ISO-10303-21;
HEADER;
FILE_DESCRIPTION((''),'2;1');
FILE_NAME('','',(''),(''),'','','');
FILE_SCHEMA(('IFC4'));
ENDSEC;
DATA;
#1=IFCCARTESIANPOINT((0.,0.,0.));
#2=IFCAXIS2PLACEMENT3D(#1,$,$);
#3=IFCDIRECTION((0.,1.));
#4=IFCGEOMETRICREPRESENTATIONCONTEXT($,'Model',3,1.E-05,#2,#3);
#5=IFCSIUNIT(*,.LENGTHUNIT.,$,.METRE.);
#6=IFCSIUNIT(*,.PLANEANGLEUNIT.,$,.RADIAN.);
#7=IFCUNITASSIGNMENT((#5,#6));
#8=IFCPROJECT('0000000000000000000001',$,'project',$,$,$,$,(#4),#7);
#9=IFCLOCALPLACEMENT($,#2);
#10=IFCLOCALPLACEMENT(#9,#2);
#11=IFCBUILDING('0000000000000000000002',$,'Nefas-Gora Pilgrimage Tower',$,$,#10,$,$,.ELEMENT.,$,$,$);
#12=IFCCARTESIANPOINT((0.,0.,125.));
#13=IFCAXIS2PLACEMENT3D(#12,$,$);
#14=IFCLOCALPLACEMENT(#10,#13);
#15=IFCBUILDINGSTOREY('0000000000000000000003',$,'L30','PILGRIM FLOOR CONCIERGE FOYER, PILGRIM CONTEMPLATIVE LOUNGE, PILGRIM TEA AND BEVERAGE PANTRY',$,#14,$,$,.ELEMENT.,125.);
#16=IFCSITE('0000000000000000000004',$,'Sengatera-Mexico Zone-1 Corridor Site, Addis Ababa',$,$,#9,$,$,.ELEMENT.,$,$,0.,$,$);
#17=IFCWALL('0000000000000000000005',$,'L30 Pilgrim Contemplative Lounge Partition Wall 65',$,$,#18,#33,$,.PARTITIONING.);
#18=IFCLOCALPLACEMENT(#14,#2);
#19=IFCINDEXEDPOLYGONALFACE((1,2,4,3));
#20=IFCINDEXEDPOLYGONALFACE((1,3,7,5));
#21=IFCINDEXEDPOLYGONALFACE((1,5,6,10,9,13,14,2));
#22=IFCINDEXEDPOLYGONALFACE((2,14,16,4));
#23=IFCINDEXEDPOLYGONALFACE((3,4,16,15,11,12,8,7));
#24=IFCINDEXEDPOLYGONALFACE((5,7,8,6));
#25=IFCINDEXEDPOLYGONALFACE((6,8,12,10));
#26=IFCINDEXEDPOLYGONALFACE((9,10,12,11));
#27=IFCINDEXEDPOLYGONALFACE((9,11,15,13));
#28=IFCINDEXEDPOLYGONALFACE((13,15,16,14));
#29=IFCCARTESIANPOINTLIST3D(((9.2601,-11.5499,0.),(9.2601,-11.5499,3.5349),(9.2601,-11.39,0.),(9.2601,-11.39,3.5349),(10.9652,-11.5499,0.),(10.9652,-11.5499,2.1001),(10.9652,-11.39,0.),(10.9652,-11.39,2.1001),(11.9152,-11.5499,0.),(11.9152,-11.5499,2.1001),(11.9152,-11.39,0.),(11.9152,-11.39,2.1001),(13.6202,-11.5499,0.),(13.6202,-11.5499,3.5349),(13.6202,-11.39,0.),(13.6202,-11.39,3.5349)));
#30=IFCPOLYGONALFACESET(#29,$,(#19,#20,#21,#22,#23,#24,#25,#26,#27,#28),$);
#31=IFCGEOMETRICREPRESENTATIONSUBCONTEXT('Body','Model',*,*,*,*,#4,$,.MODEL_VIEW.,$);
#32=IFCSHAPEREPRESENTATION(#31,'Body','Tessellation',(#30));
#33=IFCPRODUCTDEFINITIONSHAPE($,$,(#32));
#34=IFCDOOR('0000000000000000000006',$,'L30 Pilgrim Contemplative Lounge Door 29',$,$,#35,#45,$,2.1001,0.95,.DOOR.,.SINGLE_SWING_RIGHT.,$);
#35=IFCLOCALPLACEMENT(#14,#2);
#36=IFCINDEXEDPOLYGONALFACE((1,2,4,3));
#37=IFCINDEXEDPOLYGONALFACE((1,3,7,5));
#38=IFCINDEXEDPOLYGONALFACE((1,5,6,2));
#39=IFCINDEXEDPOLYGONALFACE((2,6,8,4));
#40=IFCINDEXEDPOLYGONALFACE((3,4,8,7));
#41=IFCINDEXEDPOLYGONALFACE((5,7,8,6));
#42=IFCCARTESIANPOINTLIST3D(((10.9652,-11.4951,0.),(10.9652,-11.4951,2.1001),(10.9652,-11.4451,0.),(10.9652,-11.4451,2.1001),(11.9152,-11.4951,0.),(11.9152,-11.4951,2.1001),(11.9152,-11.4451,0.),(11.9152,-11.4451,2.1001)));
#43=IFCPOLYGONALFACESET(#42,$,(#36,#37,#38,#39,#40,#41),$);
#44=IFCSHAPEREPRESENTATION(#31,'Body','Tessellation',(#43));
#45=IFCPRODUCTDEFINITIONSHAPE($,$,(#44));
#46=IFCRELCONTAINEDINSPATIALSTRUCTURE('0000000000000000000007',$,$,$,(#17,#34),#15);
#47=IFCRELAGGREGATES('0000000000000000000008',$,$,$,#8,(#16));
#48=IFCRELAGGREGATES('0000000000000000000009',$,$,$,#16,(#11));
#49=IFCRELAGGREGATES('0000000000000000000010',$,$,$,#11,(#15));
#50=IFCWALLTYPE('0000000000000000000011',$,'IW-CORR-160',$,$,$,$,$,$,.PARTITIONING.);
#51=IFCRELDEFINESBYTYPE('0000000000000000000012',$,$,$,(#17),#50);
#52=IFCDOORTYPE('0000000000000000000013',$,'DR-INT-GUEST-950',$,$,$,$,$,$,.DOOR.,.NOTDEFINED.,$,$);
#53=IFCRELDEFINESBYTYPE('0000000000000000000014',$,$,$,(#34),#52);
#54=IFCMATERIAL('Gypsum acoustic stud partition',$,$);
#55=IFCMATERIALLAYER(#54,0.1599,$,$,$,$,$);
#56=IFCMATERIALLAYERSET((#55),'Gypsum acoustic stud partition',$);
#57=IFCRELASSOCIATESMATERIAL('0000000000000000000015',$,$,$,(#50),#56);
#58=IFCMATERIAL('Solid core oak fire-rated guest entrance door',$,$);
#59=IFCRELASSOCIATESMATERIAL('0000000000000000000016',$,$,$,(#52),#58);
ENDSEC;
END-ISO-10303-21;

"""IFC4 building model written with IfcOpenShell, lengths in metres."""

from ifc_helpers import new_model, si_unit, direction, frame, frame_2d, origin, place, context, subcontext, project, spatial, rectangle, extrude, source, transform, mapped, material, layer, layer_set, type_object, element, fill, save


model = new_model("IFC4")

# Units and contexts
model_context = context("Model", 3, precision=1e-05, world=origin(), true_north=direction((0.0, 1.0)))
body_context = subcontext(model_context, "Body", "Model", "MODEL_VIEW")
ifc_project = project(units=[si_unit("LENGTHUNIT", "METRE"), si_unit("PLANEANGLEUNIT", "RADIAN")], contexts=[model_context])

# Site, building, storey
site_placement = place(None, origin())
site = spatial("IfcSite", under=ifc_project, at=site_placement, Name="Sengatera-Mexico Zone-1 Corridor Site, Addis Ababa", CompositionType="ELEMENT", RefElevation=0.0)
building_placement = place(site_placement, origin())
building = spatial("IfcBuilding", under=site, at=building_placement, Name="Nefas-Gora Pilgrimage Tower", CompositionType="ELEMENT")
storey_placement = place(building_placement, frame((0.0, 0.0, 125.0)))
storey = spatial("IfcBuildingStorey", under=building, at=storey_placement, Name="L30", Description="PILGRIM FLOOR CONCIERGE FOYER, PILGRIM CONTEMPLATIVE LOUNGE, PILGRIM TEA AND BEVERAGE PANTRY", CompositionType="ELEMENT", Elevation=125.0)

# Shared definitions
ifc_material_1 = material(Name="Gypsum acoustic stud partition")
ifc_layer_1 = layer(ifc_material_1, 0.1599)
ifc_layer_set_1 = layer_set([ifc_layer_1], Name="Gypsum acoustic stud partition")
wall_type_1 = type_object("IfcWallType", Name="IW-CORR-160", PredefinedType="PARTITIONING", material=ifc_layer_set_1)
ifc_material_2 = material(Name="Solid core oak fire-rated guest entrance door")
door_type = type_object("IfcDoorType", Name="DR-INT-GUEST-950", OperationType="NOTDEFINED", PredefinedType="DOOR", material=ifc_material_2)
shared_shape_1 = source(origin(), body_context, "Body", "SweptSolid", [
    extrude(rectangle(XDim=0.95, YDim=2.1001, at=frame_2d((0.4751, 1.05))), frame((0.0, 0.0249, 0.0), z_axis=(0.0, -1.0, 0.0), x_axis=(1.0, 0.0, 0.0)), (0.0, 0.0, 1.0), 0.05),
])

# Wall, opening, door
shared_shape_2 = source(origin(), body_context, "Body", "SweptSolid", [
    extrude(rectangle(XDim=4.3601, YDim=0.1599, at=frame_2d((2.1802, 0.0))), origin(), (0.0, 0.0, 1.0), 3.5349),
])
wall_1_placement = place(storey_placement, frame((9.26, -11.47, 0.0), z_axis=(0.0, 0.0, 1.0), x_axis=(1.0, 0.0, 0.0)))
wall_1 = element("IfcWall", 1, at=wall_1_placement, inside=storey, type_object=wall_type_1, Name="L30 Pilgrim Contemplative Lounge Partition Wall 65", PredefinedType="PARTITIONING", context=body_context, shape_type="MappedRepresentation", body=[
    mapped(shared_shape_2, transform((0.0, 0.0, 0.0), x_axis=(1.0, 0.0, 0.0), y_axis=(0.0, 1.0, 0.0), z_axis=(0.0, 0.0, 1.0), scale=1.0)),
])
opening_1_placement = place(wall_1_placement, frame((1.7051, 0.0, 0.0)))
opening_1 = element("IfcOpeningElement", 2, at=opening_1_placement, cuts=wall_1, PredefinedType="OPENING", context=body_context, shape_type="SweptSolid", body=[
    extrude(rectangle(XDim=0.95, YDim=2.1001, at=frame_2d((0.4751, 1.05))), frame((0.0, 0.0898, 0.0), z_axis=(0.0, -1.0, 0.0), x_axis=(1.0, 0.0, 0.0)), (0.0, 0.0, 1.0), 0.1799),
])
door_1_placement = place(opening_1_placement, origin())
door_1 = element("IfcDoor", 3, at=door_1_placement, inside=storey, type_object=door_type, Name="L30 Pilgrim Contemplative Lounge Door 29", OperationType="SINGLE_SWING_RIGHT", OverallHeight=2.1001, OverallWidth=0.95, PredefinedType="DOOR", context=body_context, shape_type="MappedRepresentation", body=[
    mapped(shared_shape_1, transform((0.0, 0.0, 0.0), x_axis=(1.0, 0.0, 0.0), y_axis=(0.0, 1.0, 0.0), z_axis=(0.0, 0.0, 1.0), scale=1.0)),
])
fill(opening_1, door_1)

save(model, "model.ifc")
